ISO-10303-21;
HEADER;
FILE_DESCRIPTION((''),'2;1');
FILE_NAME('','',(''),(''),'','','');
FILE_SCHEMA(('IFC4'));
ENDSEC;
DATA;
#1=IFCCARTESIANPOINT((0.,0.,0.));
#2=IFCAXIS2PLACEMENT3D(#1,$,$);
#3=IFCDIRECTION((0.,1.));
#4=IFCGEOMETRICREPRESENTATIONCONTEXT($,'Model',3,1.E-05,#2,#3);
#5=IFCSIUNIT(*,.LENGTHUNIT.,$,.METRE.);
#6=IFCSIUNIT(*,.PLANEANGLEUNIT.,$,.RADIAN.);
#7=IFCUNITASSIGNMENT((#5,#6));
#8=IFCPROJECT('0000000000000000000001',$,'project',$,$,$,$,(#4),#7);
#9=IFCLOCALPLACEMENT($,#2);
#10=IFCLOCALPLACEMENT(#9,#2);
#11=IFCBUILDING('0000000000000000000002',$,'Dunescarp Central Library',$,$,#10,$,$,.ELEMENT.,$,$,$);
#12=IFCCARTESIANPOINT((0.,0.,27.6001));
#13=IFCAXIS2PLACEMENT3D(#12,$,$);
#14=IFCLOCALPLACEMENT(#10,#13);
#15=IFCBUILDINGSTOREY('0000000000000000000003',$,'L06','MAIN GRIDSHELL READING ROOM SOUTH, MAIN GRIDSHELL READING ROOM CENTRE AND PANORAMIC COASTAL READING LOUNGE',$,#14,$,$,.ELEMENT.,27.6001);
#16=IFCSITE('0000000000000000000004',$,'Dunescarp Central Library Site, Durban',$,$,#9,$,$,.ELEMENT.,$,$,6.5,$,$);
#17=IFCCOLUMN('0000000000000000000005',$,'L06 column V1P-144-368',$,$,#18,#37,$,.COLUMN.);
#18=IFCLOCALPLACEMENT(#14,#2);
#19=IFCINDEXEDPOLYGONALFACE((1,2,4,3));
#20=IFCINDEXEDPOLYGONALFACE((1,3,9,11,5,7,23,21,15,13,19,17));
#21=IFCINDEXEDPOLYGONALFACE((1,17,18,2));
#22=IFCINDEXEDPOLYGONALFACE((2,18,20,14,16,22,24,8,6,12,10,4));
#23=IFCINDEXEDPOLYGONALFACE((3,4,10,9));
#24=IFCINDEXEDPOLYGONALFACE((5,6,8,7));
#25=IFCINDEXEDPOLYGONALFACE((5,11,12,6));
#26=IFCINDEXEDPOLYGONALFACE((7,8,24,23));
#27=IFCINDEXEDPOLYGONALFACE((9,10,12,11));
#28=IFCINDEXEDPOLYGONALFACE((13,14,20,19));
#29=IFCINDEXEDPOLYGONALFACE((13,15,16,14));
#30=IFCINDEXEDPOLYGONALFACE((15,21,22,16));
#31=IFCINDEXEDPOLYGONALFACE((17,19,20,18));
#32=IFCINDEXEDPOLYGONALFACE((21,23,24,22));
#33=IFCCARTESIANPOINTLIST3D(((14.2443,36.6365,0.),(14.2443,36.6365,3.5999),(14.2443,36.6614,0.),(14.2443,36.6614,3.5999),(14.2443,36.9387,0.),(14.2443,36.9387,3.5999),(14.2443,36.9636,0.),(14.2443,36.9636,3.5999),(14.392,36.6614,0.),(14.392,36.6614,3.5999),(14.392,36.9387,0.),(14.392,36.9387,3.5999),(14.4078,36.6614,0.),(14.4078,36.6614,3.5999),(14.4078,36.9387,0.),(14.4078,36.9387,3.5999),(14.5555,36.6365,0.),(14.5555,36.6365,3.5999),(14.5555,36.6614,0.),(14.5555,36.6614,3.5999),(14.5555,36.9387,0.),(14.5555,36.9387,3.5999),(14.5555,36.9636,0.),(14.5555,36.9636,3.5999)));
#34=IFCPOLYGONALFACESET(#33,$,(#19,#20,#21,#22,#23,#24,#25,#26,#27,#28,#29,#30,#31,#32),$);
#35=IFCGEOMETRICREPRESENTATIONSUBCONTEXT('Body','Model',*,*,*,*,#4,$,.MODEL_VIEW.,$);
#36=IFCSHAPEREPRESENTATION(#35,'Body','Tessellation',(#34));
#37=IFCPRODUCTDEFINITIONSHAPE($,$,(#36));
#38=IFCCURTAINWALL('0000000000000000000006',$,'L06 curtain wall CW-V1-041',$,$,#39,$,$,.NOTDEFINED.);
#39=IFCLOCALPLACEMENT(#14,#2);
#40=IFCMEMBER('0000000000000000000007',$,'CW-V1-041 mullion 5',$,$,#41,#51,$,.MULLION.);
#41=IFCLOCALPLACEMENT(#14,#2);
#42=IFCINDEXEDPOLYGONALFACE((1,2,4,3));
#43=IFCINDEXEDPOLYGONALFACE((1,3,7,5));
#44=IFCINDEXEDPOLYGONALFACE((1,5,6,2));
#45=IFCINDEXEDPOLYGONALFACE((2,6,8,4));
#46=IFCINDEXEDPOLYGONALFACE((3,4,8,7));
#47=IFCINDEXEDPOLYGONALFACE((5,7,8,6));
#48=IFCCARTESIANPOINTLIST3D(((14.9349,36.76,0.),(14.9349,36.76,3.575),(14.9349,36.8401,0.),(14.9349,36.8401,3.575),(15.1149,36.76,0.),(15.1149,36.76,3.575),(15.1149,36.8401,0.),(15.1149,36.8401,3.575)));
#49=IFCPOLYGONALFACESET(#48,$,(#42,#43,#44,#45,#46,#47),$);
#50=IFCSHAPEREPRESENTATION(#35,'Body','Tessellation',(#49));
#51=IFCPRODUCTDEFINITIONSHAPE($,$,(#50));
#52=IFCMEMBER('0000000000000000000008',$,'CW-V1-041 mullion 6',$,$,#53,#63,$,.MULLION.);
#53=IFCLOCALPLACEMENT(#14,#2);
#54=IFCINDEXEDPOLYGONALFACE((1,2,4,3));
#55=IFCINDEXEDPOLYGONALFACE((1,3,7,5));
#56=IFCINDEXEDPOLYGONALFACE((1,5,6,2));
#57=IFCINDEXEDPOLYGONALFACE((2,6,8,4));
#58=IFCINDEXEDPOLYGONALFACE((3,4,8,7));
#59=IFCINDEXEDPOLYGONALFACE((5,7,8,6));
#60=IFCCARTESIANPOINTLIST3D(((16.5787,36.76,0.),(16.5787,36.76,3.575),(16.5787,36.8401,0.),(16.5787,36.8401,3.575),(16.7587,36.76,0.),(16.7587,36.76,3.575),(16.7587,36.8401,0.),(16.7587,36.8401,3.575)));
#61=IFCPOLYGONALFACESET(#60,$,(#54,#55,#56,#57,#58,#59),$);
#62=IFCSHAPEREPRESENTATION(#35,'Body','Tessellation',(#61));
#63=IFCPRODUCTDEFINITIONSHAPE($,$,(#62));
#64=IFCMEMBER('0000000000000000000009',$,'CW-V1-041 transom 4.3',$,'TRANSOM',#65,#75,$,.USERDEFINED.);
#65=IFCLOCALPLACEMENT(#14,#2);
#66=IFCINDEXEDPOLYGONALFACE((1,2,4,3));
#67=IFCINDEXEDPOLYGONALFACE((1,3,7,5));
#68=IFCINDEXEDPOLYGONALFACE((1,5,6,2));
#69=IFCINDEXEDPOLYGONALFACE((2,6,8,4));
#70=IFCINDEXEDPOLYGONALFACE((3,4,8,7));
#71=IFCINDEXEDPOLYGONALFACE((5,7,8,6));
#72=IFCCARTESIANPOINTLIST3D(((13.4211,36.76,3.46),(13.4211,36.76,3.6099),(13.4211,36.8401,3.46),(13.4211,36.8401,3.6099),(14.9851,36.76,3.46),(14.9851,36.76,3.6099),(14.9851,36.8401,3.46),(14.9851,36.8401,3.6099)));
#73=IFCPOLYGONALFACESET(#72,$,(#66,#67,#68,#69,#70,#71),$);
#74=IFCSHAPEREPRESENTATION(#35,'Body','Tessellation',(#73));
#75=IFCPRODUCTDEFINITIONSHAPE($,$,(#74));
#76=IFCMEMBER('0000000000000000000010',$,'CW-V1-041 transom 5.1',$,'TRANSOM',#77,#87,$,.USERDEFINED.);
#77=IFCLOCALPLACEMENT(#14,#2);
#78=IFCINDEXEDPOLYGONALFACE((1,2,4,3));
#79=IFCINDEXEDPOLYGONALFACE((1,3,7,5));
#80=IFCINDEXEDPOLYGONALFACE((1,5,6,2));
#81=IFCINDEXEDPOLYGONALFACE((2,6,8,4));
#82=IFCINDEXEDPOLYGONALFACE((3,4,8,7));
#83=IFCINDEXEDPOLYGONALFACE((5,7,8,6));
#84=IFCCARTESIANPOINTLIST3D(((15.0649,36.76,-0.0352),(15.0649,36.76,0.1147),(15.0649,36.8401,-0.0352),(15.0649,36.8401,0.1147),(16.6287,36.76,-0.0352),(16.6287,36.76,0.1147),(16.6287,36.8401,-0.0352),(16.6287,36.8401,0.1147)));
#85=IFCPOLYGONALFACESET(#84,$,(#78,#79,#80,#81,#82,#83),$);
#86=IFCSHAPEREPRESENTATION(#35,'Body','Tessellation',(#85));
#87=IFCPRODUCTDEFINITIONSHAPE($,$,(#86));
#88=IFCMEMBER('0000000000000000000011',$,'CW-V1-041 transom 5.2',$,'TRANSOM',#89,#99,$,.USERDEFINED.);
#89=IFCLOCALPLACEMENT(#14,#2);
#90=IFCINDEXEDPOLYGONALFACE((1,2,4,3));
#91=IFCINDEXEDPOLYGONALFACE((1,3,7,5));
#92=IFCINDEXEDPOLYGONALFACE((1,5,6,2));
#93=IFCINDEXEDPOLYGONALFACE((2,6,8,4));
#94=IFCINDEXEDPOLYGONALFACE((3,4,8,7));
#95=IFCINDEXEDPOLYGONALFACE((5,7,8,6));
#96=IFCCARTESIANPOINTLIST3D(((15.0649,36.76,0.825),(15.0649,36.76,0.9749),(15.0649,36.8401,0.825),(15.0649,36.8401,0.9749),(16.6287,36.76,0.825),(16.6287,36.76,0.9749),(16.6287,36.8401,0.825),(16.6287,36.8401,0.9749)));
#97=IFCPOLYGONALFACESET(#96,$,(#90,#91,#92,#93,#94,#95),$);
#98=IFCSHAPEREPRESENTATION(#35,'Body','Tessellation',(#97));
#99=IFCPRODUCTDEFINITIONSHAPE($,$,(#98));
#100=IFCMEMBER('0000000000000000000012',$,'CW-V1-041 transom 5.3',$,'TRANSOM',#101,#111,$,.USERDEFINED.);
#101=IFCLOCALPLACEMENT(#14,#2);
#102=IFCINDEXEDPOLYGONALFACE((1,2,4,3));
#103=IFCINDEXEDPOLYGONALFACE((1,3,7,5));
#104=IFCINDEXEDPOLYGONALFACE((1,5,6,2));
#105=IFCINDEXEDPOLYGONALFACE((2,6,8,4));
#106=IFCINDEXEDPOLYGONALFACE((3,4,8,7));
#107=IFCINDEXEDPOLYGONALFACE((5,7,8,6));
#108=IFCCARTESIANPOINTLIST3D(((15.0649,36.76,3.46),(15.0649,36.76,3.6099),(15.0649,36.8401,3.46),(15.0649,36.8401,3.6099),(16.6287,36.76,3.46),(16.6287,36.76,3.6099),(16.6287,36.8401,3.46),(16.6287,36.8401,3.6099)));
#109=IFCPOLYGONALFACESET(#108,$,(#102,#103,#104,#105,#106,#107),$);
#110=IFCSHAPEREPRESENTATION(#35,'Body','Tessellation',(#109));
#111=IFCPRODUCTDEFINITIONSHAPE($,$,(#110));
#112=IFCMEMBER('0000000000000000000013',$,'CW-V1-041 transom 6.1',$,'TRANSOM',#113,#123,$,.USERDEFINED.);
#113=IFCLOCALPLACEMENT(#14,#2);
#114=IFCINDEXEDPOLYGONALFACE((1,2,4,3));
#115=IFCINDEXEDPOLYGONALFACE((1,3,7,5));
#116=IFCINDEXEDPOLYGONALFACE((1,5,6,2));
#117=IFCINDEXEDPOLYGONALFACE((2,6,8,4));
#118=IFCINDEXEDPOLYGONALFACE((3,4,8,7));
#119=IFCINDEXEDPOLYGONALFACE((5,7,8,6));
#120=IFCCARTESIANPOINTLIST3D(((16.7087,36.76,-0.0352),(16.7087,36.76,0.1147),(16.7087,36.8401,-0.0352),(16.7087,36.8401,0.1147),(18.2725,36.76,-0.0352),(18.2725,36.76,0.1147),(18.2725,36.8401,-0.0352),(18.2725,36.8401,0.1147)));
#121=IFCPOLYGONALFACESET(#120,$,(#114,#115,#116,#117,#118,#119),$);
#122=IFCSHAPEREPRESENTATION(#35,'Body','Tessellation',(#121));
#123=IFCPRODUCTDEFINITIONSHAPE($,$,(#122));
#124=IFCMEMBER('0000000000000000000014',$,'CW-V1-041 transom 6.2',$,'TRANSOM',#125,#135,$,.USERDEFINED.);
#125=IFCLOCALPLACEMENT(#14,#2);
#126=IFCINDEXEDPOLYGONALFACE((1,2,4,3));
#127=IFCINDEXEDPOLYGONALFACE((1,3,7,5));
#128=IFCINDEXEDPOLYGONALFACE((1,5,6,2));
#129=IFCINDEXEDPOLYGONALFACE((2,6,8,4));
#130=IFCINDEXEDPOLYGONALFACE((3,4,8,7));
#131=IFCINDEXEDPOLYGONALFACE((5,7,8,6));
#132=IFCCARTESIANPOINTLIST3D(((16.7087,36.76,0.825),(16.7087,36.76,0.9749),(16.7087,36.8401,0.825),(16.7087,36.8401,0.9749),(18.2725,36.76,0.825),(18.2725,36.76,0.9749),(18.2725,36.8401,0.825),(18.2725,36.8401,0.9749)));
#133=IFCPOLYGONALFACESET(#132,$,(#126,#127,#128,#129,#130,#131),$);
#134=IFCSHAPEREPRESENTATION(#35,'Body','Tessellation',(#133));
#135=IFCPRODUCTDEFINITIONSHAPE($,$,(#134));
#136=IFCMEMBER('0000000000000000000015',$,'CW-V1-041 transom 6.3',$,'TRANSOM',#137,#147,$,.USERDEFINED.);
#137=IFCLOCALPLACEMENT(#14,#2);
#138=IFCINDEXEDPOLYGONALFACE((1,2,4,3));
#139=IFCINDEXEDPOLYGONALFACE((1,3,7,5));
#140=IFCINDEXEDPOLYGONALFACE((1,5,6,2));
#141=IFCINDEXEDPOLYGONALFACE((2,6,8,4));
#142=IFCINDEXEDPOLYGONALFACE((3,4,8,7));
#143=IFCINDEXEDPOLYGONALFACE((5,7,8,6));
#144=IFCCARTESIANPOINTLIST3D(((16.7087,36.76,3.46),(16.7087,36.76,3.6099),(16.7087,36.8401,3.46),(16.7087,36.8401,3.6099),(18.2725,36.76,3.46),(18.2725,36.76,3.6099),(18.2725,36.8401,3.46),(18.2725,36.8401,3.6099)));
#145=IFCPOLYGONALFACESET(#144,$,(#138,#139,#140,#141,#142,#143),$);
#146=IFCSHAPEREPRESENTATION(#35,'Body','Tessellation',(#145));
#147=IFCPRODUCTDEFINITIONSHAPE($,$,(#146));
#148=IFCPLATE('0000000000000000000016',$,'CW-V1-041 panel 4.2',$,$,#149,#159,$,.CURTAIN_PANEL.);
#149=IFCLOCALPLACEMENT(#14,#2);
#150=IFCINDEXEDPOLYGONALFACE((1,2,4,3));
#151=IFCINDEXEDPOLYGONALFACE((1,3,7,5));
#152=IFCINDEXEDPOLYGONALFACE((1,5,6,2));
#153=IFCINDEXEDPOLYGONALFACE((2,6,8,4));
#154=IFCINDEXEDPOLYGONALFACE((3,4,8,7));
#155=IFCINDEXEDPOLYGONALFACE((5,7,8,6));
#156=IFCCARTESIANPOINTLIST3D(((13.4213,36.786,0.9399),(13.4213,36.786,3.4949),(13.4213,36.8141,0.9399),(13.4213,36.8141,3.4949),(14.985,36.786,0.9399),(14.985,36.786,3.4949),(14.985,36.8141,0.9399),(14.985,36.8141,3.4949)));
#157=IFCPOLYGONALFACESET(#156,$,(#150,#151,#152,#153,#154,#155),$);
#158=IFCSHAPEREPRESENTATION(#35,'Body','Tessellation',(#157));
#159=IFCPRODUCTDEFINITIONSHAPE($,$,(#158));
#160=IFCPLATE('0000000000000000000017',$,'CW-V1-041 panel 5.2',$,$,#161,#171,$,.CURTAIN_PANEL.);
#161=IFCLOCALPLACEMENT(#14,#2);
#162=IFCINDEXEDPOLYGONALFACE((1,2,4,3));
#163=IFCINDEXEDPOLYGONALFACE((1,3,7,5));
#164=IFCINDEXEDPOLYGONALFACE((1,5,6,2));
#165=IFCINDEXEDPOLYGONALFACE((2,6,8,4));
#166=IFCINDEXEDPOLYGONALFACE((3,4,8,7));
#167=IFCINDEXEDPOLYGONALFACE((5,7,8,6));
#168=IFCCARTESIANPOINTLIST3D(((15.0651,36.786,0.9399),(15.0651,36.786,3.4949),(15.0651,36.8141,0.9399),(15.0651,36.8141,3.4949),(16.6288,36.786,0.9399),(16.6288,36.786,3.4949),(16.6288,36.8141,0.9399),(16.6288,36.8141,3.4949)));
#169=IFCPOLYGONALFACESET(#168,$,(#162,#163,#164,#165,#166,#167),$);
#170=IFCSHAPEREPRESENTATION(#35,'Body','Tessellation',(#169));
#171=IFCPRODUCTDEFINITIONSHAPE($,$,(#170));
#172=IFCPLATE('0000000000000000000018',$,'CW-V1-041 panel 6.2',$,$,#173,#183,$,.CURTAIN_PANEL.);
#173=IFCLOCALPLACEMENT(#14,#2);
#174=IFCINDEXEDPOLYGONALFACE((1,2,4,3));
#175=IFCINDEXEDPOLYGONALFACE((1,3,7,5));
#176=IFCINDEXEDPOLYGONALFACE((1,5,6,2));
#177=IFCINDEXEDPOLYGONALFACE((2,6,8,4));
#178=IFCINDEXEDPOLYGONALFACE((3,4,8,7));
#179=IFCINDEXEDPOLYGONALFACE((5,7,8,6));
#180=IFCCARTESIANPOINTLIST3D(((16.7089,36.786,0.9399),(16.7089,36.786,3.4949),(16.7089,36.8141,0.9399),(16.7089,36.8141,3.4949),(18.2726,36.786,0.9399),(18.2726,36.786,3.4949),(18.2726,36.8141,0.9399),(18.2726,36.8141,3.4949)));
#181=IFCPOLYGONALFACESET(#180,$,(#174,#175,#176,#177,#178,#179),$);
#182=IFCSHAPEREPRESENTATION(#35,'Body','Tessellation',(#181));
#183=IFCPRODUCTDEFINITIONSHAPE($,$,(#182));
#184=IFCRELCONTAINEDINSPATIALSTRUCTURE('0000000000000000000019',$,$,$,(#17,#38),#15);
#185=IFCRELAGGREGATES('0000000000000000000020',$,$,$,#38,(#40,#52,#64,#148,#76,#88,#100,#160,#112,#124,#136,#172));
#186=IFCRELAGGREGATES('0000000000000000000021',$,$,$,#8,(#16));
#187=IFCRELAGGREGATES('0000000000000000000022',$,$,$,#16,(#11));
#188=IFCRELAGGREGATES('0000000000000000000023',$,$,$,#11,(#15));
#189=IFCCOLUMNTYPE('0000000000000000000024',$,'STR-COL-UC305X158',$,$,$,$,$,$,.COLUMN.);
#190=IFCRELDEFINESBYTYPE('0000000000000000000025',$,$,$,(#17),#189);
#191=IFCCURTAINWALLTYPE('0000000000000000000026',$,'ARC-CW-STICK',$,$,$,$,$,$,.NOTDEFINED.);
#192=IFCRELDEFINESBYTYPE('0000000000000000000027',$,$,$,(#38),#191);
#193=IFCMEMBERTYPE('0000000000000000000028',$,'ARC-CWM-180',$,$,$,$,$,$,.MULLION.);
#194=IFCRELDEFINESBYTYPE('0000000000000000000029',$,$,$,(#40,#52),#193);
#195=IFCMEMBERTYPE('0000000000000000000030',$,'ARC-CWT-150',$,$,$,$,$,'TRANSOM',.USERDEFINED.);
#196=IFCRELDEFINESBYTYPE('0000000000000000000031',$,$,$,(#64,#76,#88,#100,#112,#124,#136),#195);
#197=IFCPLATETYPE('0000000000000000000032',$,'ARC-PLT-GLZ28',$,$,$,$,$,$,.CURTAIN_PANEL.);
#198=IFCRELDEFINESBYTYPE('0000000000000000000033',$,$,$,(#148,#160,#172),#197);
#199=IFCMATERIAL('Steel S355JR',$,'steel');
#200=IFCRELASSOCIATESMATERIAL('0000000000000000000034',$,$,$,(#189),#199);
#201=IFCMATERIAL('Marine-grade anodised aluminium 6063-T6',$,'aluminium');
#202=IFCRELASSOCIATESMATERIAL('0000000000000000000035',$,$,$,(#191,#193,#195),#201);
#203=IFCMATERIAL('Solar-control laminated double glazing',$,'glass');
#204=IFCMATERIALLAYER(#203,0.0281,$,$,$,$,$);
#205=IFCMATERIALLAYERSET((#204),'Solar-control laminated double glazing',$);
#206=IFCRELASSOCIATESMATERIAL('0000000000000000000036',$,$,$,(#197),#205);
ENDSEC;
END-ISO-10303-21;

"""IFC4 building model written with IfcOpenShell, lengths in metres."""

from ifc_helpers import new_model, si_unit, direction, frame, origin, origin_2d, place, context, subcontext, project, spatial, rectangle, i_section, extrude, material, layer, layer_set, material_profile, profile_set, type_object, element, aggregate, save


model = new_model("IFC4")

# Units and contexts
model_context = context("Model", 3, precision=1e-05, world=origin(), true_north=direction((0.0, 1.0)))
body_context = subcontext(model_context, "Body", "Model", "MODEL_VIEW")
ifc_project = project(units=[si_unit("LENGTHUNIT", "METRE"), si_unit("PLANEANGLEUNIT", "RADIAN")], contexts=[model_context])

# Site, building, storey
site_placement = place(None, origin())
site = spatial("IfcSite", under=ifc_project, at=site_placement, Name="Dunescarp Central Library Site, Durban", CompositionType="ELEMENT", RefElevation=6.5)
building_placement = place(site_placement, origin())
building = spatial("IfcBuilding", under=site, at=building_placement, Name="Dunescarp Central Library", CompositionType="ELEMENT")
storey_placement = place(building_placement, frame((0.0, 0.0, 27.6001)))
storey = spatial("IfcBuildingStorey", under=building, at=storey_placement, Name="L06", Description="MAIN GRIDSHELL READING ROOM SOUTH, MAIN GRIDSHELL READING ROOM CENTRE AND PANORAMIC COASTAL READING LOUNGE", CompositionType="ELEMENT", Elevation=27.6001)

# Column
ifc_material_1 = material(Name="Steel S355JR", Category="steel")
ifc_material_profile_1 = material_profile(ifc_material_1, i_section(OverallWidth=0.3113, OverallDepth=0.3271, WebThickness=0.0159, FlangeThickness=0.0249, at=origin_2d()), Name="UC 305x305x158")
ifc_profile_set_1 = profile_set([ifc_material_profile_1], Name="Steel S355JR")
column_type = type_object("IfcColumnType", Name="STR-COL-UC305X158", PredefinedType="COLUMN", material=ifc_profile_set_1)
column_placement = place(storey_placement, frame((14.3999, 36.8, 0.0), z_axis=(0.0, 0.0, 1.0), x_axis=(1.0, 0.0, 0.0)))
element("IfcColumn", 1, at=column_placement, inside=storey, type_object=column_type, Name="L06 column V1P-144-368", PredefinedType="COLUMN", context=body_context, shape_type="SweptSolid", body=[
    extrude(i_section(OverallWidth=0.3113, OverallDepth=0.3271, WebThickness=0.0159, FlangeThickness=0.0249, at=origin_2d()), origin(), (0.0, 0.0, 1.0), 3.5999),
])

# Curtain wall, members, plates
ifc_material_2 = material(Name="Marine-grade anodised aluminium 6063-T6", Category="aluminium")
curtain_wall_type = type_object("IfcCurtainWallType", Name="ARC-CW-STICK", PredefinedType="NOTDEFINED", material=ifc_material_2)
curtain_wall_placement = place(storey_placement, origin())
curtain_wall = element("IfcCurtainWall", 2, at=curtain_wall_placement, inside=storey, type_object=curtain_wall_type, Name="L06 curtain wall CW-V1-041", PredefinedType="NOTDEFINED")
ifc_material_profile_2 = material_profile(ifc_material_2, rectangle(XDim=0.0801, YDim=0.1799, at=origin_2d()), Name="AL 80x180")
ifc_profile_set_2 = profile_set([ifc_material_profile_2], Name="Marine-grade anodised aluminium 6063-T6")
member_type_1 = type_object("IfcMemberType", Name="ARC-CWM-180", PredefinedType="MULLION", material=ifc_profile_set_2)
member_1_placement = place(storey_placement, frame((15.0249, 36.8, 0.0), z_axis=(0.0, 0.0, 1.0), x_axis=(0.0, 1.0, 0.0)))
member_1 = element("IfcMember", 3, at=member_1_placement, type_object=member_type_1, Name="CW-V1-041 mullion 5", PredefinedType="MULLION", context=body_context, shape_type="SweptSolid", body=[
    extrude(rectangle(XDim=0.0801, YDim=0.1799, at=origin_2d()), origin(), (0.0, 0.0, 1.0), 3.575),
])
member_2_placement = place(storey_placement, frame((16.6687, 36.8, 0.0), z_axis=(0.0, 0.0, 1.0), x_axis=(0.0, 1.0, 0.0)))
member_2 = element("IfcMember", 4, at=member_2_placement, type_object=member_type_1, Name="CW-V1-041 mullion 6", PredefinedType="MULLION", context=body_context, shape_type="SweptSolid", body=[
    extrude(rectangle(XDim=0.0801, YDim=0.1799, at=origin_2d()), origin(), (0.0, 0.0, 1.0), 3.575),
])
ifc_material_profile_3 = material_profile(ifc_material_2, rectangle(XDim=0.0801, YDim=0.1499, at=origin_2d()), Name="AL 80x150")
ifc_profile_set_3 = profile_set([ifc_material_profile_3], Name="Marine-grade anodised aluminium 6063-T6")
member_type_2 = type_object("IfcMemberType", Name="ARC-CWT-150", ElementType="TRANSOM", PredefinedType="USERDEFINED", material=ifc_profile_set_3)
member_3_placement = place(storey_placement, frame((13.4211, 36.8, 3.5349), z_axis=(1.0, 0.0, 0.0), x_axis=(0.0, 1.0, 0.0)))
member_3 = element("IfcMember", 5, at=member_3_placement, type_object=member_type_2, Name="CW-V1-041 transom 4.3", ObjectType="TRANSOM", PredefinedType="USERDEFINED", context=body_context, shape_type="SweptSolid", body=[
    extrude(rectangle(XDim=0.0801, YDim=0.1499, at=origin_2d()), origin(), (0.0, 0.0, 1.0), 1.564),
])
member_4_placement = place(storey_placement, frame((15.0649, 36.8, 0.0398), z_axis=(1.0, 0.0, 0.0), x_axis=(0.0, 1.0, 0.0)))
member_4 = element("IfcMember", 6, at=member_4_placement, type_object=member_type_2, Name="CW-V1-041 transom 5.1", ObjectType="TRANSOM", PredefinedType="USERDEFINED", context=body_context, shape_type="SweptSolid", body=[
    extrude(rectangle(XDim=0.0801, YDim=0.1499, at=origin_2d()), origin(), (0.0, 0.0, 1.0), 1.5637),
])
member_5_placement = place(storey_placement, frame((15.0649, 36.8, 0.8999), z_axis=(1.0, 0.0, 0.0), x_axis=(0.0, 1.0, 0.0)))
member_5 = element("IfcMember", 7, at=member_5_placement, type_object=member_type_2, Name="CW-V1-041 transom 5.2", ObjectType="TRANSOM", PredefinedType="USERDEFINED", context=body_context, shape_type="SweptSolid", body=[
    extrude(rectangle(XDim=0.0801, YDim=0.1499, at=origin_2d()), origin(), (0.0, 0.0, 1.0), 1.5637),
])
member_6_placement = place(storey_placement, frame((15.0649, 36.8, 3.5349), z_axis=(1.0, 0.0, 0.0), x_axis=(0.0, 1.0, 0.0)))
member_6 = element("IfcMember", 8, at=member_6_placement, type_object=member_type_2, Name="CW-V1-041 transom 5.3", ObjectType="TRANSOM", PredefinedType="USERDEFINED", context=body_context, shape_type="SweptSolid", body=[
    extrude(rectangle(XDim=0.0801, YDim=0.1499, at=origin_2d()), origin(), (0.0, 0.0, 1.0), 1.5637),
])
member_7_placement = place(storey_placement, frame((16.7087, 36.8, 0.0398), z_axis=(1.0, 0.0, 0.0), x_axis=(0.0, 1.0, 0.0)))
member_7 = element("IfcMember", 9, at=member_7_placement, type_object=member_type_2, Name="CW-V1-041 transom 6.1", ObjectType="TRANSOM", PredefinedType="USERDEFINED", context=body_context, shape_type="SweptSolid", body=[
    extrude(rectangle(XDim=0.0801, YDim=0.1499, at=origin_2d()), origin(), (0.0, 0.0, 1.0), 1.5637),
])
member_8_placement = place(storey_placement, frame((16.7087, 36.8, 0.8999), z_axis=(1.0, 0.0, 0.0), x_axis=(0.0, 1.0, 0.0)))
member_8 = element("IfcMember", 10, at=member_8_placement, type_object=member_type_2, Name="CW-V1-041 transom 6.2", ObjectType="TRANSOM", PredefinedType="USERDEFINED", context=body_context, shape_type="SweptSolid", body=[
    extrude(rectangle(XDim=0.0801, YDim=0.1499, at=origin_2d()), origin(), (0.0, 0.0, 1.0), 1.5637),
])
member_9_placement = place(storey_placement, frame((16.7087, 36.8, 3.5349), z_axis=(1.0, 0.0, 0.0), x_axis=(0.0, 1.0, 0.0)))
member_9 = element("IfcMember", 11, at=member_9_placement, type_object=member_type_2, Name="CW-V1-041 transom 6.3", ObjectType="TRANSOM", PredefinedType="USERDEFINED", context=body_context, shape_type="SweptSolid", body=[
    extrude(rectangle(XDim=0.0801, YDim=0.1499, at=origin_2d()), origin(), (0.0, 0.0, 1.0), 1.5637),
])
ifc_material_3 = material(Name="Solar-control laminated double glazing", Category="glass")
ifc_layer_1 = layer(ifc_material_3, 0.0281)
ifc_layer_set_1 = layer_set([ifc_layer_1], Name="Solar-control laminated double glazing")
plate_type_1 = type_object("IfcPlateType", Name="ARC-PLT-GLZ28", PredefinedType="CURTAIN_PANEL", material=ifc_layer_set_1)
plate_1_placement = place(storey_placement, frame((14.2031, 36.8, 0.9399), z_axis=(0.0, 0.0, 1.0), x_axis=(1.0, 0.0, 0.0)))
plate_1 = element("IfcPlate", 12, at=plate_1_placement, type_object=plate_type_1, Name="CW-V1-041 panel 4.2", PredefinedType="CURTAIN_PANEL", context=body_context, shape_type="SweptSolid", body=[
    extrude(rectangle(XDim=1.5637, YDim=0.0281, at=origin_2d()), origin(), (0.0, 0.0, 1.0), 2.5549),
])
plate_2_placement = place(storey_placement, frame((15.8469, 36.8, 0.9399), z_axis=(0.0, 0.0, 1.0), x_axis=(1.0, 0.0, 0.0)))
plate_2 = element("IfcPlate", 13, at=plate_2_placement, type_object=plate_type_1, Name="CW-V1-041 panel 5.2", PredefinedType="CURTAIN_PANEL", context=body_context, shape_type="SweptSolid", body=[
    extrude(rectangle(XDim=1.5637, YDim=0.0281, at=origin_2d()), origin(), (0.0, 0.0, 1.0), 2.5549),
])
plate_3_placement = place(storey_placement, frame((17.4907, 36.8, 0.9399), z_axis=(0.0, 0.0, 1.0), x_axis=(1.0, 0.0, 0.0)))
plate_3 = element("IfcPlate", 14, at=plate_3_placement, type_object=plate_type_1, Name="CW-V1-041 panel 6.2", PredefinedType="CURTAIN_PANEL", context=body_context, shape_type="SweptSolid", body=[
    extrude(rectangle(XDim=1.5637, YDim=0.0281, at=origin_2d()), origin(), (0.0, 0.0, 1.0), 2.5549),
])
aggregate(curtain_wall, [member_1, member_2, member_3, plate_1, member_4, member_5, member_6, plate_2, member_7, member_8, member_9, plate_3])

save(model, "model.ifc")
